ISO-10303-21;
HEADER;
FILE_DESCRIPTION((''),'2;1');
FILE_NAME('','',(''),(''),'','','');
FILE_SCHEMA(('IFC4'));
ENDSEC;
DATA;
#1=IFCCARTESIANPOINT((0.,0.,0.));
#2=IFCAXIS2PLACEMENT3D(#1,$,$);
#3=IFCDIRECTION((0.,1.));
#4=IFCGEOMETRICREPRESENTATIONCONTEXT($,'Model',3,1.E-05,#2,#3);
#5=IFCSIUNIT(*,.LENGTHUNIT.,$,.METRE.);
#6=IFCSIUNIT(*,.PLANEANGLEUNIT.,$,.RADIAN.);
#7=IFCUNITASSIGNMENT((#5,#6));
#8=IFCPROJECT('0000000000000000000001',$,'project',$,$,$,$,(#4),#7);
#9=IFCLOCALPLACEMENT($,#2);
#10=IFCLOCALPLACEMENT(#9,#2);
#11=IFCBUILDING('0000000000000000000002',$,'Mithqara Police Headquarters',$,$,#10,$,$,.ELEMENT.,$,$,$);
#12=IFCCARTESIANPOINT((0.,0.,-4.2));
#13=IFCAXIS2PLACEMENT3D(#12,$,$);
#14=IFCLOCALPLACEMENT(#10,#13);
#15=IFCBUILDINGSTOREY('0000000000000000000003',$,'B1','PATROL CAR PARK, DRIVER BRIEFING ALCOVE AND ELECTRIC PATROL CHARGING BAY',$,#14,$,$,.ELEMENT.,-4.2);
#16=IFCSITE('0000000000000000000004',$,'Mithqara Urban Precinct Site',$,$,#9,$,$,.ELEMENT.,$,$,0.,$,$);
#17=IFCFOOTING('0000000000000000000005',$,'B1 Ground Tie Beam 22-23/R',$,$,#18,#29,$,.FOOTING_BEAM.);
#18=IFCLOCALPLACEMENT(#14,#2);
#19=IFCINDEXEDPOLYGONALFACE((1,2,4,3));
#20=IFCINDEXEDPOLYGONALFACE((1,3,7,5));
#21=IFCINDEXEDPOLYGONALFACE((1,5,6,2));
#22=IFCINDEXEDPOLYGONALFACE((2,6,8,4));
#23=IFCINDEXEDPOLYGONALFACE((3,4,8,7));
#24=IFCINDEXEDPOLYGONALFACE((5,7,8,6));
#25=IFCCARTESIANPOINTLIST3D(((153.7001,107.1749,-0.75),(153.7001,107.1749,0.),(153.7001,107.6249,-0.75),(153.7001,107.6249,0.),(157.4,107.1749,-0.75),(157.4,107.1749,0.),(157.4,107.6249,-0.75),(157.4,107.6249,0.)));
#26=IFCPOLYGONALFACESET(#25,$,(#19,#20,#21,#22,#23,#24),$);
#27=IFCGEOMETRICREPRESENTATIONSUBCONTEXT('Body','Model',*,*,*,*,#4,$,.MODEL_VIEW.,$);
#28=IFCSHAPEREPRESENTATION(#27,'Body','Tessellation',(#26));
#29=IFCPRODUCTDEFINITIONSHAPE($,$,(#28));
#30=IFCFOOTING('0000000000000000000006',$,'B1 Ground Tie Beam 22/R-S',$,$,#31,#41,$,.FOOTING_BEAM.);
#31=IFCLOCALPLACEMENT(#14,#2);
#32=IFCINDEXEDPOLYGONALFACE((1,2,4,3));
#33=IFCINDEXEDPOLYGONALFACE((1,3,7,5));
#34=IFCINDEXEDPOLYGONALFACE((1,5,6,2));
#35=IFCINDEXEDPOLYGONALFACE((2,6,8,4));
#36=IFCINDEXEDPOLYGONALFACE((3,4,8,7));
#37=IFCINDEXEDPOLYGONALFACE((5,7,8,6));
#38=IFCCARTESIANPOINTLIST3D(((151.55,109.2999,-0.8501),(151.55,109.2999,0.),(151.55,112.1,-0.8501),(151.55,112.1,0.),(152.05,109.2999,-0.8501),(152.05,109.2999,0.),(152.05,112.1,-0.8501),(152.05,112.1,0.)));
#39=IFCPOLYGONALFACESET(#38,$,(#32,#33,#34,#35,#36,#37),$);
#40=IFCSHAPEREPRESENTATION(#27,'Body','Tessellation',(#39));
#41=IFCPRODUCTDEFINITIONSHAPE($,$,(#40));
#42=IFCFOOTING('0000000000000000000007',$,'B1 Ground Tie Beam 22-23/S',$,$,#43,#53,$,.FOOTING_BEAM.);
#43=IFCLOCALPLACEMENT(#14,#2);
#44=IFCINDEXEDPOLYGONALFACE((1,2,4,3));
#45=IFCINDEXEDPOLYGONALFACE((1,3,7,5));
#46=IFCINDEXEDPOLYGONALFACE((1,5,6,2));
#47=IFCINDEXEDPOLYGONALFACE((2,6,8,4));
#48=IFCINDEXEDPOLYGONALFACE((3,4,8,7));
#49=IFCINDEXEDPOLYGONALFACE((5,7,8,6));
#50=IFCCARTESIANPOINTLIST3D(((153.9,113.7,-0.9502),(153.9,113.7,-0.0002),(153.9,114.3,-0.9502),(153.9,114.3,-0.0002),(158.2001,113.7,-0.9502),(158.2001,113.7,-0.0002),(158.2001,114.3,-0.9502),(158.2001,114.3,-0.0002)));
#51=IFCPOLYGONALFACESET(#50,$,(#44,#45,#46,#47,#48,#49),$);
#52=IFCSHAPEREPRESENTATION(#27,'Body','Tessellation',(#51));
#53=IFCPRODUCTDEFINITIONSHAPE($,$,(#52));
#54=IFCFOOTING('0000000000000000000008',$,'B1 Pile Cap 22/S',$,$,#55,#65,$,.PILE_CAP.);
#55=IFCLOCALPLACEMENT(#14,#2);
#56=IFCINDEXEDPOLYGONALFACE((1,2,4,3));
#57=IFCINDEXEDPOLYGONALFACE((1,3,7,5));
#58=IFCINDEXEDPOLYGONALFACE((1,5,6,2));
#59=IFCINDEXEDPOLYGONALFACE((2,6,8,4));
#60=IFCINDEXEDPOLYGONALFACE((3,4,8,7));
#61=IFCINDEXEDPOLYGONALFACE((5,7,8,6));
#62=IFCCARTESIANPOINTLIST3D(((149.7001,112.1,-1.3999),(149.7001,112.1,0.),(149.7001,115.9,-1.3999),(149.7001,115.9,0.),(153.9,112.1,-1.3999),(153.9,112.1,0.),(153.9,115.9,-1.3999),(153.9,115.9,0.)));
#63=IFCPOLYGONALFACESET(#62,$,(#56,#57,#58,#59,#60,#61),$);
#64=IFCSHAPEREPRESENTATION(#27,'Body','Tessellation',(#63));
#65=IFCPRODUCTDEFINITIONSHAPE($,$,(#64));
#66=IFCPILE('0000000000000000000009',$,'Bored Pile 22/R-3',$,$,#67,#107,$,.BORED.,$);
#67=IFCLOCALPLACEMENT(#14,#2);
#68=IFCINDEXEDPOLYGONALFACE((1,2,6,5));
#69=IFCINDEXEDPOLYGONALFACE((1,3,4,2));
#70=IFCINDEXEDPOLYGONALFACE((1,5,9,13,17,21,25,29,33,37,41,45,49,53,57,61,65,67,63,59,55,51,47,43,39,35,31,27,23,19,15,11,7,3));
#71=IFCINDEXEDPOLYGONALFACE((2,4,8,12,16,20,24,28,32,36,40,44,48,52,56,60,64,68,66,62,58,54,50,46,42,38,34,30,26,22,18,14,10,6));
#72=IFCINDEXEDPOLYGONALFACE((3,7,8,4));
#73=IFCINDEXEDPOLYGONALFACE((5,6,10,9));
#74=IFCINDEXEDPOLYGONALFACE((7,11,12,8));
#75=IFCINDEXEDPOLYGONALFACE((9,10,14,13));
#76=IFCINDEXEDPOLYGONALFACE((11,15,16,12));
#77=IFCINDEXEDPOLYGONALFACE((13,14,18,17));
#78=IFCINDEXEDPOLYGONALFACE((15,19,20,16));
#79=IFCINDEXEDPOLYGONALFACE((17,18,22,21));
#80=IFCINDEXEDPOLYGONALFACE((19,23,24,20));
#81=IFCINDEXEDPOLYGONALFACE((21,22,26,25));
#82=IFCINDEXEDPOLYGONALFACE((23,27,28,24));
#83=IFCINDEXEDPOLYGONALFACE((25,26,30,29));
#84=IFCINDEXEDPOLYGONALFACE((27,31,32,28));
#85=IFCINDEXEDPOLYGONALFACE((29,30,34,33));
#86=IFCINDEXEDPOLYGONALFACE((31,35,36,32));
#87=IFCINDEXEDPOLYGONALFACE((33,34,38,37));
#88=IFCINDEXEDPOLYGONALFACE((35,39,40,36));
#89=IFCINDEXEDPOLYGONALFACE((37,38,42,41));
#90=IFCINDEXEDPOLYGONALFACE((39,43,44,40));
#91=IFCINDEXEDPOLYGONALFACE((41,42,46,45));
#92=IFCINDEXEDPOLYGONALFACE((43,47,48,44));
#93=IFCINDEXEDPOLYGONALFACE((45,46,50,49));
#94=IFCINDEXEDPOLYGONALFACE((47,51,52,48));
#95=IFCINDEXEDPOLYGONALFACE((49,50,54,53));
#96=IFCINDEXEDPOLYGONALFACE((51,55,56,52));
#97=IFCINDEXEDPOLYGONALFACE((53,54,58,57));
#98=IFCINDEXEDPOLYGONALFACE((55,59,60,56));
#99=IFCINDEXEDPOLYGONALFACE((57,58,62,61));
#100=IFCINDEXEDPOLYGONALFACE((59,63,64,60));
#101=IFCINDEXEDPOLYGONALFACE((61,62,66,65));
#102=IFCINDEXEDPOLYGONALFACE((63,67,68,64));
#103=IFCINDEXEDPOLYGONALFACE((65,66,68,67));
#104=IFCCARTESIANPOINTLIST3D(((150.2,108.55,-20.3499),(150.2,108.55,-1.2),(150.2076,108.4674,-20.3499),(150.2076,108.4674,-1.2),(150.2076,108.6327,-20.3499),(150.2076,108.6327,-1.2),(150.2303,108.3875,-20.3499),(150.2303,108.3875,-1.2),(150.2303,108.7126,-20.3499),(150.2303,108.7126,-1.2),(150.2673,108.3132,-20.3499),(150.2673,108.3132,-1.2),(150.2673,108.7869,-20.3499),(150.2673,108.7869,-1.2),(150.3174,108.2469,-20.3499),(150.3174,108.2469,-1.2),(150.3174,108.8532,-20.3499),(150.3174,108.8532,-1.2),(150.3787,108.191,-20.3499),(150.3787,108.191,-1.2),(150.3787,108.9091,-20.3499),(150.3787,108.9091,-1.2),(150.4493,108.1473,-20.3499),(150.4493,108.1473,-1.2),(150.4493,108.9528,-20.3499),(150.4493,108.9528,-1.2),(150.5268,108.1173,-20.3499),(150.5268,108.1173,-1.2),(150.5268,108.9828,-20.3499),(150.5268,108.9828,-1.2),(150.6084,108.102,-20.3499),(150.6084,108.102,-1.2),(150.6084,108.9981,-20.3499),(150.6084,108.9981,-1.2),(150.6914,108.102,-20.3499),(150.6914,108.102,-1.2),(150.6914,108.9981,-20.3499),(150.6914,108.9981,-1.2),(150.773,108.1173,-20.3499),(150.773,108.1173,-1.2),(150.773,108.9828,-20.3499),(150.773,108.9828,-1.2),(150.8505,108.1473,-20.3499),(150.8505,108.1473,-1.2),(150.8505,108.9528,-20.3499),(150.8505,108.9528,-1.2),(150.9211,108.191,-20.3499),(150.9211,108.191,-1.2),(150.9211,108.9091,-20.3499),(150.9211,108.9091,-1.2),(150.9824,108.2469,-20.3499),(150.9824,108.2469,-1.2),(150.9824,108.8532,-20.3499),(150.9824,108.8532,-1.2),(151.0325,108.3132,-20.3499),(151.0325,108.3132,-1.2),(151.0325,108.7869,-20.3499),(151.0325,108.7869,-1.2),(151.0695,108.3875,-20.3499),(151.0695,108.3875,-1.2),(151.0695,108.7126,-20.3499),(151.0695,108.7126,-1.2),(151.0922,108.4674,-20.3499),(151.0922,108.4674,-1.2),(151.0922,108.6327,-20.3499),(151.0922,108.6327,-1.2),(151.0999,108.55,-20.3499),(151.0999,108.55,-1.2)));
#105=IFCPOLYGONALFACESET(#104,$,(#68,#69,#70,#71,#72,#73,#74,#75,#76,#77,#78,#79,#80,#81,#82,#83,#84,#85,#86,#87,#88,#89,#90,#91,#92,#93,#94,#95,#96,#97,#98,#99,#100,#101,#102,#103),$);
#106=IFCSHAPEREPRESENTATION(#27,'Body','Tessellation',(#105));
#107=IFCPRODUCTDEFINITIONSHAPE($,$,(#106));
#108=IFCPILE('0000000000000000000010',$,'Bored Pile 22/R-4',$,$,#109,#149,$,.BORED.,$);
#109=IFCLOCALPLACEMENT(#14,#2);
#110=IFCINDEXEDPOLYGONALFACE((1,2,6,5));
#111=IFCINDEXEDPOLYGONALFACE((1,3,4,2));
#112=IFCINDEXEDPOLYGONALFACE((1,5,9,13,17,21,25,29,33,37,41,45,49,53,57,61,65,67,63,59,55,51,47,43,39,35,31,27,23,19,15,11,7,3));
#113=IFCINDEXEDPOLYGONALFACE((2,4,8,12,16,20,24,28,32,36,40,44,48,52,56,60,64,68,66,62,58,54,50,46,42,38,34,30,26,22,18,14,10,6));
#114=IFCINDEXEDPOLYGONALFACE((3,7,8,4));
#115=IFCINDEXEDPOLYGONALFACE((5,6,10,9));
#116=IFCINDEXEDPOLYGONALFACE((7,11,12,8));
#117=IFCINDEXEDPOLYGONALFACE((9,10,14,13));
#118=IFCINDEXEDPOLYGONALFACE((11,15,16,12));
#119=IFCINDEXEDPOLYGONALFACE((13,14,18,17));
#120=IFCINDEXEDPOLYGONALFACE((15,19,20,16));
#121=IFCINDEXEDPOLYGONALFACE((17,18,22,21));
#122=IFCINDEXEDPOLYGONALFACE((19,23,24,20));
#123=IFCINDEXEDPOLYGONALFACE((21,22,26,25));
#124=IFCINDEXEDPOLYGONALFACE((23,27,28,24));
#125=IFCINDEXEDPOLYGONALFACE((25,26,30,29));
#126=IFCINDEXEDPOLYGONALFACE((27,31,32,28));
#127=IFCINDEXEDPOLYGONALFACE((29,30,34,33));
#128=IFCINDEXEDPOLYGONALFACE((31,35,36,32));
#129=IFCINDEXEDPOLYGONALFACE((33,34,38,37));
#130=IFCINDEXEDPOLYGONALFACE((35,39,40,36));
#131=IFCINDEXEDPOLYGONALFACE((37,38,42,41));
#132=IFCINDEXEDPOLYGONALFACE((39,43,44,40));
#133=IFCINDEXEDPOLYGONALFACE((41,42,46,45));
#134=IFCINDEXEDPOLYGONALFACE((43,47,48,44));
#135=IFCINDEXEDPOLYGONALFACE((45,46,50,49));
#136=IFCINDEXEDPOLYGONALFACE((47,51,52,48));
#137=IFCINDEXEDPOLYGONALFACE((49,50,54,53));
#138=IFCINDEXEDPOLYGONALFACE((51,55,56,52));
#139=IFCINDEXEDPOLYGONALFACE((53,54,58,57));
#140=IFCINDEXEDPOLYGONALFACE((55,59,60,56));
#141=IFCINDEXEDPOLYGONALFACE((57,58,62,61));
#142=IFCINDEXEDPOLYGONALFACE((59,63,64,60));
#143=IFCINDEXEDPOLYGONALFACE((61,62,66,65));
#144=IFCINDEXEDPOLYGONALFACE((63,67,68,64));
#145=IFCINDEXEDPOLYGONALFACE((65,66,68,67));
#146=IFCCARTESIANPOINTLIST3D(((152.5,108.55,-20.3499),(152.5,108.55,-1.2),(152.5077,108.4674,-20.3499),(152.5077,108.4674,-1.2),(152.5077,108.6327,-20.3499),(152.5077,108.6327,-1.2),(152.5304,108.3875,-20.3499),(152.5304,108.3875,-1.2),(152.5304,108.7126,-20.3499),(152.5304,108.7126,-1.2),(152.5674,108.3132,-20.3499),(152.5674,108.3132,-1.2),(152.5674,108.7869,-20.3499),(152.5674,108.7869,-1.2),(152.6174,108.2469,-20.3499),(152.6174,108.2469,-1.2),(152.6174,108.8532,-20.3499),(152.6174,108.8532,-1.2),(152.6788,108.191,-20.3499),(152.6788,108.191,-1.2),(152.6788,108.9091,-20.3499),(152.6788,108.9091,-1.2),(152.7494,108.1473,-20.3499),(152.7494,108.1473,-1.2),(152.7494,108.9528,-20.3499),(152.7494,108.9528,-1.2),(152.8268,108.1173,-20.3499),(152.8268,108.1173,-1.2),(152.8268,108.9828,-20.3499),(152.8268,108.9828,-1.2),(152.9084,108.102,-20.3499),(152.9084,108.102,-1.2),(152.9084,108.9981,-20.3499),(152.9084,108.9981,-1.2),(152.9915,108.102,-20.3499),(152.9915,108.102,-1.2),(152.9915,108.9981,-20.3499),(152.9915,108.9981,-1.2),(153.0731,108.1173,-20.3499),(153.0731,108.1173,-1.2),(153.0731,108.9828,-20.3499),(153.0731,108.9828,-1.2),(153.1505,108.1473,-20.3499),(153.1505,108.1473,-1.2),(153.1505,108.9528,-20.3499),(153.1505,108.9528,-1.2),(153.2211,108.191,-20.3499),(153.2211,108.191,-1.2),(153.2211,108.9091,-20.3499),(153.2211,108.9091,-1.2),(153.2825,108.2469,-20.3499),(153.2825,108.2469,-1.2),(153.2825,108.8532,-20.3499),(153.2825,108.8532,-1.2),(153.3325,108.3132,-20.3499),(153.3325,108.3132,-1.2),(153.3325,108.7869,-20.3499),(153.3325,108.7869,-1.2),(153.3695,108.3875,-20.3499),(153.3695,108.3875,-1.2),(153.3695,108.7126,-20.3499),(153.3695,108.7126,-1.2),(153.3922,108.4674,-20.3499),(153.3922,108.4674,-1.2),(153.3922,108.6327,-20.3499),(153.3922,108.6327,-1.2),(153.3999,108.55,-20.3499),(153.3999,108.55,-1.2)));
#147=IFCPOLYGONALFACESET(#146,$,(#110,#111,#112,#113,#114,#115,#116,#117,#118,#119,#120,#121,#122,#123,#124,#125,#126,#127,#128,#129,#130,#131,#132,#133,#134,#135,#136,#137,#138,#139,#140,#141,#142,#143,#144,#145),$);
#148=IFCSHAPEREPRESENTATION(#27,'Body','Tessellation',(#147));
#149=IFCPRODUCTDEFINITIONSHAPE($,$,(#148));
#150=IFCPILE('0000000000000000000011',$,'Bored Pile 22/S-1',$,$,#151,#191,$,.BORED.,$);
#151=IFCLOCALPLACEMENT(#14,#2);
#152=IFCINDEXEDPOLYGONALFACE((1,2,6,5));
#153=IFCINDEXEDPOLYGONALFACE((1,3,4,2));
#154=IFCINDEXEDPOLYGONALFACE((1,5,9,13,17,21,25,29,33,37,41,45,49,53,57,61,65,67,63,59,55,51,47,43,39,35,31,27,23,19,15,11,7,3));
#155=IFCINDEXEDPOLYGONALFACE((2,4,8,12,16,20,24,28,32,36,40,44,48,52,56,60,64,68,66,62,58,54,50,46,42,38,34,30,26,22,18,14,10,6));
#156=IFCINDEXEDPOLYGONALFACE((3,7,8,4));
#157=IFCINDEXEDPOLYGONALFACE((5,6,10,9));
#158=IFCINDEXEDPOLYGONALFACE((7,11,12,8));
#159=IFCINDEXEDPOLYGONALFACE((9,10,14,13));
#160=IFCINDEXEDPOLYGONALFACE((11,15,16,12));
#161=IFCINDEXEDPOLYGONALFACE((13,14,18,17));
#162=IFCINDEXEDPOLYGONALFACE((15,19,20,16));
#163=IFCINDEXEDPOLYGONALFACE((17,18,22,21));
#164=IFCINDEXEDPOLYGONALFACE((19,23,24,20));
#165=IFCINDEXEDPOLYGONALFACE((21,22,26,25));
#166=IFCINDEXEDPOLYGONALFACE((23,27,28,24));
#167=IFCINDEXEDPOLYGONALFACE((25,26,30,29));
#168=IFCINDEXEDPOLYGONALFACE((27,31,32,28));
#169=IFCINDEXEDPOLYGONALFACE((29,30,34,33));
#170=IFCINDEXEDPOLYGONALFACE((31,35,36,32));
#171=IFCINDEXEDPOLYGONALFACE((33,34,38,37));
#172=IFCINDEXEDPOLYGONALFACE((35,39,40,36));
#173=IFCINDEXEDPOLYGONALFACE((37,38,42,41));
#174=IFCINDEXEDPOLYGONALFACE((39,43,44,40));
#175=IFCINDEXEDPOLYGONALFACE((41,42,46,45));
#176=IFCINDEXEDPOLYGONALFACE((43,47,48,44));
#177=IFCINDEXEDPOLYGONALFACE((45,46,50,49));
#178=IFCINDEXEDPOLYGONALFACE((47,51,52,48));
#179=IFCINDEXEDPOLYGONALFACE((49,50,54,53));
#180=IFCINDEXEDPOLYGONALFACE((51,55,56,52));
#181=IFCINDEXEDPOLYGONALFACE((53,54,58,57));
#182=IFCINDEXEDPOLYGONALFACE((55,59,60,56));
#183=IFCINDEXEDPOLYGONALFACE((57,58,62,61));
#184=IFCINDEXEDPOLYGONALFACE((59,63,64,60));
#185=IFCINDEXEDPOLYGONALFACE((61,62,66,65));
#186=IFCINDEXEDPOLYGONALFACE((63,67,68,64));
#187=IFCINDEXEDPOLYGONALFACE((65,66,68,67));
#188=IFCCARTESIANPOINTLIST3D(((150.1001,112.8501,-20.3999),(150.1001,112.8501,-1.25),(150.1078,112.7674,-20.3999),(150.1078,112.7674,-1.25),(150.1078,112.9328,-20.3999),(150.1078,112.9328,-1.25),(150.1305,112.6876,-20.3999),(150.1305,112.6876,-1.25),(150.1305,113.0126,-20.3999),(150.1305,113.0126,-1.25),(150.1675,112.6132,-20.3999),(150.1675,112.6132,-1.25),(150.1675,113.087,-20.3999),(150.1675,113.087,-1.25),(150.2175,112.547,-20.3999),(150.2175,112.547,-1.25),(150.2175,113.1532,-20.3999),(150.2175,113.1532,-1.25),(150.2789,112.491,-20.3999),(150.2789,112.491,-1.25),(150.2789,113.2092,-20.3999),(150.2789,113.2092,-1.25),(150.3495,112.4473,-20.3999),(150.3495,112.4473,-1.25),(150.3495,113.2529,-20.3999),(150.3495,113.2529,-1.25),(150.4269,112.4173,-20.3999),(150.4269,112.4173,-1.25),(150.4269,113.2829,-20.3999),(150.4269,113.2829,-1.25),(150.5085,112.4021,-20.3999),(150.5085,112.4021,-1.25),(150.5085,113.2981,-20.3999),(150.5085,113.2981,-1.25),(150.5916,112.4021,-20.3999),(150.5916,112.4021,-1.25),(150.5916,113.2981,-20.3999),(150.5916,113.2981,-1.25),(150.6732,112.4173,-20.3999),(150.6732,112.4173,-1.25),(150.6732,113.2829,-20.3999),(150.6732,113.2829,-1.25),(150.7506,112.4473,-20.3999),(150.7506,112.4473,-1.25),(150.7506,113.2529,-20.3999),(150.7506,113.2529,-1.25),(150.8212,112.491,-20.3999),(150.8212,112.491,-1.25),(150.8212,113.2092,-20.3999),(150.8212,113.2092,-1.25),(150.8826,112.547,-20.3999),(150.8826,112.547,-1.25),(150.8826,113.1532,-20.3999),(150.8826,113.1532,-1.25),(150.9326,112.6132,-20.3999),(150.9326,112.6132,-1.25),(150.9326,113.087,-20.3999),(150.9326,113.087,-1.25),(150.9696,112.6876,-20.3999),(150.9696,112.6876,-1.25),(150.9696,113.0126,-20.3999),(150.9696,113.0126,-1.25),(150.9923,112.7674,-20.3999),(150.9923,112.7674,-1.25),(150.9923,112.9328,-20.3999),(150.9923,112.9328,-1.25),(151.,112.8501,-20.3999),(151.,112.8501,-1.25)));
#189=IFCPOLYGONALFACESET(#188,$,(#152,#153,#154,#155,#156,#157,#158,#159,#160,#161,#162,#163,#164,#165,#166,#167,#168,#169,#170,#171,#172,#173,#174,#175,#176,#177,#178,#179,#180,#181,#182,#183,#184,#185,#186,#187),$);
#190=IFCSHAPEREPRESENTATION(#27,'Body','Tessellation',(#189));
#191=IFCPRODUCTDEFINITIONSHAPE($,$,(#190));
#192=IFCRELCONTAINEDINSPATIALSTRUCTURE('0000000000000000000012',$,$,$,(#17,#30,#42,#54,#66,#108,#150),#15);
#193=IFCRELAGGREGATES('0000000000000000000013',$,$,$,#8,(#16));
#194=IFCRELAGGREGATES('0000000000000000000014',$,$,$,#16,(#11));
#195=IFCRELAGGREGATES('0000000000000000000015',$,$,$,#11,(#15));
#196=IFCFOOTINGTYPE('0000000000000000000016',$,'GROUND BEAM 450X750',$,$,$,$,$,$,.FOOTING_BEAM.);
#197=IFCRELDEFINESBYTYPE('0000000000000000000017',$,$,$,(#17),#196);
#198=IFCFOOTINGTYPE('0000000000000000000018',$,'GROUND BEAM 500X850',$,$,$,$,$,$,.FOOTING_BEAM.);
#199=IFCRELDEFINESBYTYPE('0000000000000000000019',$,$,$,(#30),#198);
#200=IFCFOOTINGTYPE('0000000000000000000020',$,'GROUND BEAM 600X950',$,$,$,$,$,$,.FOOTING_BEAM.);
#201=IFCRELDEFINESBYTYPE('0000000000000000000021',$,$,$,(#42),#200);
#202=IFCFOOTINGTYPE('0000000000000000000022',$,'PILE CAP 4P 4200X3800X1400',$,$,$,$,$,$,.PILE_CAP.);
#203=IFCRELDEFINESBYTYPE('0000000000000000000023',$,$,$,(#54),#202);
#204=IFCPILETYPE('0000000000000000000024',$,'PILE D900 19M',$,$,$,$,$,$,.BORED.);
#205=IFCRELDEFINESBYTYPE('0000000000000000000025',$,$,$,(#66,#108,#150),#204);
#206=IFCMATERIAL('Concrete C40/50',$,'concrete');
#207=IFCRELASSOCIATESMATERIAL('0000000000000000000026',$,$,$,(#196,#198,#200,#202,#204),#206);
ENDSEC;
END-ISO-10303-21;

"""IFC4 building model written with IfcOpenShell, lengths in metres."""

from ifc_helpers import new_model, si_unit, direction, frame, origin, origin_2d, place, context, subcontext, project, spatial, rectangle, circle, extrude, material, material_profile, profile_set, type_object, element, save


model = new_model("IFC4")

# Units and contexts
model_context = context("Model", 3, precision=1e-05, world=origin(), true_north=direction((0.0, 1.0)))
body_context = subcontext(model_context, "Body", "Model", "MODEL_VIEW")
ifc_project = project(units=[si_unit("LENGTHUNIT", "METRE"), si_unit("PLANEANGLEUNIT", "RADIAN")], contexts=[model_context])

# Site, building, storey
site_placement = place(None, origin())
site = spatial("IfcSite", under=ifc_project, at=site_placement, Name="Mithqara Urban Precinct Site", CompositionType="ELEMENT", RefElevation=0.0)
building_placement = place(site_placement, origin())
building = spatial("IfcBuilding", under=site, at=building_placement, Name="Mithqara Police Headquarters", CompositionType="ELEMENT")
storey_placement = place(building_placement, frame((0.0, 0.0, -4.2)))
storey = spatial("IfcBuildingStorey", under=building, at=storey_placement, Name="B1", Description="PATROL CAR PARK, DRIVER BRIEFING ALCOVE AND ELECTRIC PATROL CHARGING BAY", CompositionType="ELEMENT", Elevation=-4.2)

# Footings
ifc_material_1 = material(Name="Concrete C40/50", Category="concrete")
footing_type_1 = type_object("IfcFootingType", Name="GROUND BEAM 450X750", PredefinedType="FOOTING_BEAM", material=ifc_material_1)
footing_1_placement = place(storey_placement, frame((155.55, 107.3999, -0.75), z_axis=(0.0, 0.0, 1.0), x_axis=(1.0, 0.0, 0.0)))
element("IfcFooting", 1, at=footing_1_placement, inside=storey, type_object=footing_type_1, Name="B1 Ground Tie Beam 22-23/R", PredefinedType="FOOTING_BEAM", context=body_context, shape_type="SweptSolid", body=[
    extrude(rectangle(XDim=3.7, YDim=0.45, at=origin_2d()), origin(), (0.0, 0.0, 1.0), 0.75),
])
footing_type_2 = type_object("IfcFootingType", Name="GROUND BEAM 500X850", PredefinedType="FOOTING_BEAM", material=ifc_material_1)
footing_2_placement = place(storey_placement, frame((151.8, 110.7, -0.8501), z_axis=(0.0, 0.0, 1.0), x_axis=(1.0, 0.0, 0.0)))
element("IfcFooting", 2, at=footing_2_placement, inside=storey, type_object=footing_type_2, Name="B1 Ground Tie Beam 22/R-S", PredefinedType="FOOTING_BEAM", context=body_context, shape_type="SweptSolid", body=[
    extrude(rectangle(XDim=0.5, YDim=2.8, at=origin_2d()), origin(), (0.0, 0.0, 1.0), 0.8501),
])
footing_type_3 = type_object("IfcFootingType", Name="GROUND BEAM 600X950", PredefinedType="FOOTING_BEAM", material=ifc_material_1)
footing_3_placement = place(storey_placement, frame((156.05, 114.0, -0.9502), z_axis=(0.0, 0.0, 1.0), x_axis=(1.0, 0.0, 0.0)))
element("IfcFooting", 3, at=footing_3_placement, inside=storey, type_object=footing_type_3, Name="B1 Ground Tie Beam 22-23/S", PredefinedType="FOOTING_BEAM", context=body_context, shape_type="SweptSolid", body=[
    extrude(rectangle(XDim=4.3, YDim=0.6001, at=origin_2d()), origin(), (0.0, 0.0, 1.0), 0.95),
])
footing_type_4 = type_object("IfcFootingType", Name="PILE CAP 4P 4200X3800X1400", PredefinedType="PILE_CAP", material=ifc_material_1)
footing_4_placement = place(storey_placement, frame((151.8, 114.0, -1.3999), z_axis=(0.0, 0.0, 1.0), x_axis=(1.0, 0.0, 0.0)))
element("IfcFooting", 4, at=footing_4_placement, inside=storey, type_object=footing_type_4, Name="B1 Pile Cap 22/S", PredefinedType="PILE_CAP", context=body_context, shape_type="SweptSolid", body=[
    extrude(rectangle(XDim=4.2, YDim=3.8, at=origin_2d()), origin(), (0.0, 0.0, 1.0), 1.3999),
])

# Piles
ifc_material_profile_1 = material_profile(ifc_material_1, circle(Radius=0.45, at=origin_2d()), Name="PILE D900")
ifc_profile_set_1 = profile_set([ifc_material_profile_1], Name="Concrete C40/50")
pile_type = type_object("IfcPileType", Name="PILE D900 19M", PredefinedType="BORED", material=ifc_profile_set_1)
for number, where, z_axis, x_axis, name in (
    (5, (150.6499, 108.55, -1.2), (0.0, 0.0, -1.0), (1.0, 0.0, 0.0), "Bored Pile 22/R-3"),
    (6, (152.95, 108.55, -1.2), (0.0, 0.0, -1.0), (1.0, 0.0, 0.0), "Bored Pile 22/R-4"),
    (7, (150.55, 112.8501, -1.25), (0.0, 0.0, -1.0), (1.0, 0.0, 0.0), "Bored Pile 22/S-1"),
):
    element("IfcPile", number, at=place(storey_placement, frame(where, z_axis=z_axis, x_axis=x_axis)), inside=storey, type_object=pile_type, Name=name, PredefinedType="BORED", context=body_context, shape_type="SweptSolid", body=[
        extrude(circle(Radius=0.45, at=origin_2d()), origin(), (0.0, 0.0, 1.0), 19.1499),
    ])

save(model, "model.ifc")
